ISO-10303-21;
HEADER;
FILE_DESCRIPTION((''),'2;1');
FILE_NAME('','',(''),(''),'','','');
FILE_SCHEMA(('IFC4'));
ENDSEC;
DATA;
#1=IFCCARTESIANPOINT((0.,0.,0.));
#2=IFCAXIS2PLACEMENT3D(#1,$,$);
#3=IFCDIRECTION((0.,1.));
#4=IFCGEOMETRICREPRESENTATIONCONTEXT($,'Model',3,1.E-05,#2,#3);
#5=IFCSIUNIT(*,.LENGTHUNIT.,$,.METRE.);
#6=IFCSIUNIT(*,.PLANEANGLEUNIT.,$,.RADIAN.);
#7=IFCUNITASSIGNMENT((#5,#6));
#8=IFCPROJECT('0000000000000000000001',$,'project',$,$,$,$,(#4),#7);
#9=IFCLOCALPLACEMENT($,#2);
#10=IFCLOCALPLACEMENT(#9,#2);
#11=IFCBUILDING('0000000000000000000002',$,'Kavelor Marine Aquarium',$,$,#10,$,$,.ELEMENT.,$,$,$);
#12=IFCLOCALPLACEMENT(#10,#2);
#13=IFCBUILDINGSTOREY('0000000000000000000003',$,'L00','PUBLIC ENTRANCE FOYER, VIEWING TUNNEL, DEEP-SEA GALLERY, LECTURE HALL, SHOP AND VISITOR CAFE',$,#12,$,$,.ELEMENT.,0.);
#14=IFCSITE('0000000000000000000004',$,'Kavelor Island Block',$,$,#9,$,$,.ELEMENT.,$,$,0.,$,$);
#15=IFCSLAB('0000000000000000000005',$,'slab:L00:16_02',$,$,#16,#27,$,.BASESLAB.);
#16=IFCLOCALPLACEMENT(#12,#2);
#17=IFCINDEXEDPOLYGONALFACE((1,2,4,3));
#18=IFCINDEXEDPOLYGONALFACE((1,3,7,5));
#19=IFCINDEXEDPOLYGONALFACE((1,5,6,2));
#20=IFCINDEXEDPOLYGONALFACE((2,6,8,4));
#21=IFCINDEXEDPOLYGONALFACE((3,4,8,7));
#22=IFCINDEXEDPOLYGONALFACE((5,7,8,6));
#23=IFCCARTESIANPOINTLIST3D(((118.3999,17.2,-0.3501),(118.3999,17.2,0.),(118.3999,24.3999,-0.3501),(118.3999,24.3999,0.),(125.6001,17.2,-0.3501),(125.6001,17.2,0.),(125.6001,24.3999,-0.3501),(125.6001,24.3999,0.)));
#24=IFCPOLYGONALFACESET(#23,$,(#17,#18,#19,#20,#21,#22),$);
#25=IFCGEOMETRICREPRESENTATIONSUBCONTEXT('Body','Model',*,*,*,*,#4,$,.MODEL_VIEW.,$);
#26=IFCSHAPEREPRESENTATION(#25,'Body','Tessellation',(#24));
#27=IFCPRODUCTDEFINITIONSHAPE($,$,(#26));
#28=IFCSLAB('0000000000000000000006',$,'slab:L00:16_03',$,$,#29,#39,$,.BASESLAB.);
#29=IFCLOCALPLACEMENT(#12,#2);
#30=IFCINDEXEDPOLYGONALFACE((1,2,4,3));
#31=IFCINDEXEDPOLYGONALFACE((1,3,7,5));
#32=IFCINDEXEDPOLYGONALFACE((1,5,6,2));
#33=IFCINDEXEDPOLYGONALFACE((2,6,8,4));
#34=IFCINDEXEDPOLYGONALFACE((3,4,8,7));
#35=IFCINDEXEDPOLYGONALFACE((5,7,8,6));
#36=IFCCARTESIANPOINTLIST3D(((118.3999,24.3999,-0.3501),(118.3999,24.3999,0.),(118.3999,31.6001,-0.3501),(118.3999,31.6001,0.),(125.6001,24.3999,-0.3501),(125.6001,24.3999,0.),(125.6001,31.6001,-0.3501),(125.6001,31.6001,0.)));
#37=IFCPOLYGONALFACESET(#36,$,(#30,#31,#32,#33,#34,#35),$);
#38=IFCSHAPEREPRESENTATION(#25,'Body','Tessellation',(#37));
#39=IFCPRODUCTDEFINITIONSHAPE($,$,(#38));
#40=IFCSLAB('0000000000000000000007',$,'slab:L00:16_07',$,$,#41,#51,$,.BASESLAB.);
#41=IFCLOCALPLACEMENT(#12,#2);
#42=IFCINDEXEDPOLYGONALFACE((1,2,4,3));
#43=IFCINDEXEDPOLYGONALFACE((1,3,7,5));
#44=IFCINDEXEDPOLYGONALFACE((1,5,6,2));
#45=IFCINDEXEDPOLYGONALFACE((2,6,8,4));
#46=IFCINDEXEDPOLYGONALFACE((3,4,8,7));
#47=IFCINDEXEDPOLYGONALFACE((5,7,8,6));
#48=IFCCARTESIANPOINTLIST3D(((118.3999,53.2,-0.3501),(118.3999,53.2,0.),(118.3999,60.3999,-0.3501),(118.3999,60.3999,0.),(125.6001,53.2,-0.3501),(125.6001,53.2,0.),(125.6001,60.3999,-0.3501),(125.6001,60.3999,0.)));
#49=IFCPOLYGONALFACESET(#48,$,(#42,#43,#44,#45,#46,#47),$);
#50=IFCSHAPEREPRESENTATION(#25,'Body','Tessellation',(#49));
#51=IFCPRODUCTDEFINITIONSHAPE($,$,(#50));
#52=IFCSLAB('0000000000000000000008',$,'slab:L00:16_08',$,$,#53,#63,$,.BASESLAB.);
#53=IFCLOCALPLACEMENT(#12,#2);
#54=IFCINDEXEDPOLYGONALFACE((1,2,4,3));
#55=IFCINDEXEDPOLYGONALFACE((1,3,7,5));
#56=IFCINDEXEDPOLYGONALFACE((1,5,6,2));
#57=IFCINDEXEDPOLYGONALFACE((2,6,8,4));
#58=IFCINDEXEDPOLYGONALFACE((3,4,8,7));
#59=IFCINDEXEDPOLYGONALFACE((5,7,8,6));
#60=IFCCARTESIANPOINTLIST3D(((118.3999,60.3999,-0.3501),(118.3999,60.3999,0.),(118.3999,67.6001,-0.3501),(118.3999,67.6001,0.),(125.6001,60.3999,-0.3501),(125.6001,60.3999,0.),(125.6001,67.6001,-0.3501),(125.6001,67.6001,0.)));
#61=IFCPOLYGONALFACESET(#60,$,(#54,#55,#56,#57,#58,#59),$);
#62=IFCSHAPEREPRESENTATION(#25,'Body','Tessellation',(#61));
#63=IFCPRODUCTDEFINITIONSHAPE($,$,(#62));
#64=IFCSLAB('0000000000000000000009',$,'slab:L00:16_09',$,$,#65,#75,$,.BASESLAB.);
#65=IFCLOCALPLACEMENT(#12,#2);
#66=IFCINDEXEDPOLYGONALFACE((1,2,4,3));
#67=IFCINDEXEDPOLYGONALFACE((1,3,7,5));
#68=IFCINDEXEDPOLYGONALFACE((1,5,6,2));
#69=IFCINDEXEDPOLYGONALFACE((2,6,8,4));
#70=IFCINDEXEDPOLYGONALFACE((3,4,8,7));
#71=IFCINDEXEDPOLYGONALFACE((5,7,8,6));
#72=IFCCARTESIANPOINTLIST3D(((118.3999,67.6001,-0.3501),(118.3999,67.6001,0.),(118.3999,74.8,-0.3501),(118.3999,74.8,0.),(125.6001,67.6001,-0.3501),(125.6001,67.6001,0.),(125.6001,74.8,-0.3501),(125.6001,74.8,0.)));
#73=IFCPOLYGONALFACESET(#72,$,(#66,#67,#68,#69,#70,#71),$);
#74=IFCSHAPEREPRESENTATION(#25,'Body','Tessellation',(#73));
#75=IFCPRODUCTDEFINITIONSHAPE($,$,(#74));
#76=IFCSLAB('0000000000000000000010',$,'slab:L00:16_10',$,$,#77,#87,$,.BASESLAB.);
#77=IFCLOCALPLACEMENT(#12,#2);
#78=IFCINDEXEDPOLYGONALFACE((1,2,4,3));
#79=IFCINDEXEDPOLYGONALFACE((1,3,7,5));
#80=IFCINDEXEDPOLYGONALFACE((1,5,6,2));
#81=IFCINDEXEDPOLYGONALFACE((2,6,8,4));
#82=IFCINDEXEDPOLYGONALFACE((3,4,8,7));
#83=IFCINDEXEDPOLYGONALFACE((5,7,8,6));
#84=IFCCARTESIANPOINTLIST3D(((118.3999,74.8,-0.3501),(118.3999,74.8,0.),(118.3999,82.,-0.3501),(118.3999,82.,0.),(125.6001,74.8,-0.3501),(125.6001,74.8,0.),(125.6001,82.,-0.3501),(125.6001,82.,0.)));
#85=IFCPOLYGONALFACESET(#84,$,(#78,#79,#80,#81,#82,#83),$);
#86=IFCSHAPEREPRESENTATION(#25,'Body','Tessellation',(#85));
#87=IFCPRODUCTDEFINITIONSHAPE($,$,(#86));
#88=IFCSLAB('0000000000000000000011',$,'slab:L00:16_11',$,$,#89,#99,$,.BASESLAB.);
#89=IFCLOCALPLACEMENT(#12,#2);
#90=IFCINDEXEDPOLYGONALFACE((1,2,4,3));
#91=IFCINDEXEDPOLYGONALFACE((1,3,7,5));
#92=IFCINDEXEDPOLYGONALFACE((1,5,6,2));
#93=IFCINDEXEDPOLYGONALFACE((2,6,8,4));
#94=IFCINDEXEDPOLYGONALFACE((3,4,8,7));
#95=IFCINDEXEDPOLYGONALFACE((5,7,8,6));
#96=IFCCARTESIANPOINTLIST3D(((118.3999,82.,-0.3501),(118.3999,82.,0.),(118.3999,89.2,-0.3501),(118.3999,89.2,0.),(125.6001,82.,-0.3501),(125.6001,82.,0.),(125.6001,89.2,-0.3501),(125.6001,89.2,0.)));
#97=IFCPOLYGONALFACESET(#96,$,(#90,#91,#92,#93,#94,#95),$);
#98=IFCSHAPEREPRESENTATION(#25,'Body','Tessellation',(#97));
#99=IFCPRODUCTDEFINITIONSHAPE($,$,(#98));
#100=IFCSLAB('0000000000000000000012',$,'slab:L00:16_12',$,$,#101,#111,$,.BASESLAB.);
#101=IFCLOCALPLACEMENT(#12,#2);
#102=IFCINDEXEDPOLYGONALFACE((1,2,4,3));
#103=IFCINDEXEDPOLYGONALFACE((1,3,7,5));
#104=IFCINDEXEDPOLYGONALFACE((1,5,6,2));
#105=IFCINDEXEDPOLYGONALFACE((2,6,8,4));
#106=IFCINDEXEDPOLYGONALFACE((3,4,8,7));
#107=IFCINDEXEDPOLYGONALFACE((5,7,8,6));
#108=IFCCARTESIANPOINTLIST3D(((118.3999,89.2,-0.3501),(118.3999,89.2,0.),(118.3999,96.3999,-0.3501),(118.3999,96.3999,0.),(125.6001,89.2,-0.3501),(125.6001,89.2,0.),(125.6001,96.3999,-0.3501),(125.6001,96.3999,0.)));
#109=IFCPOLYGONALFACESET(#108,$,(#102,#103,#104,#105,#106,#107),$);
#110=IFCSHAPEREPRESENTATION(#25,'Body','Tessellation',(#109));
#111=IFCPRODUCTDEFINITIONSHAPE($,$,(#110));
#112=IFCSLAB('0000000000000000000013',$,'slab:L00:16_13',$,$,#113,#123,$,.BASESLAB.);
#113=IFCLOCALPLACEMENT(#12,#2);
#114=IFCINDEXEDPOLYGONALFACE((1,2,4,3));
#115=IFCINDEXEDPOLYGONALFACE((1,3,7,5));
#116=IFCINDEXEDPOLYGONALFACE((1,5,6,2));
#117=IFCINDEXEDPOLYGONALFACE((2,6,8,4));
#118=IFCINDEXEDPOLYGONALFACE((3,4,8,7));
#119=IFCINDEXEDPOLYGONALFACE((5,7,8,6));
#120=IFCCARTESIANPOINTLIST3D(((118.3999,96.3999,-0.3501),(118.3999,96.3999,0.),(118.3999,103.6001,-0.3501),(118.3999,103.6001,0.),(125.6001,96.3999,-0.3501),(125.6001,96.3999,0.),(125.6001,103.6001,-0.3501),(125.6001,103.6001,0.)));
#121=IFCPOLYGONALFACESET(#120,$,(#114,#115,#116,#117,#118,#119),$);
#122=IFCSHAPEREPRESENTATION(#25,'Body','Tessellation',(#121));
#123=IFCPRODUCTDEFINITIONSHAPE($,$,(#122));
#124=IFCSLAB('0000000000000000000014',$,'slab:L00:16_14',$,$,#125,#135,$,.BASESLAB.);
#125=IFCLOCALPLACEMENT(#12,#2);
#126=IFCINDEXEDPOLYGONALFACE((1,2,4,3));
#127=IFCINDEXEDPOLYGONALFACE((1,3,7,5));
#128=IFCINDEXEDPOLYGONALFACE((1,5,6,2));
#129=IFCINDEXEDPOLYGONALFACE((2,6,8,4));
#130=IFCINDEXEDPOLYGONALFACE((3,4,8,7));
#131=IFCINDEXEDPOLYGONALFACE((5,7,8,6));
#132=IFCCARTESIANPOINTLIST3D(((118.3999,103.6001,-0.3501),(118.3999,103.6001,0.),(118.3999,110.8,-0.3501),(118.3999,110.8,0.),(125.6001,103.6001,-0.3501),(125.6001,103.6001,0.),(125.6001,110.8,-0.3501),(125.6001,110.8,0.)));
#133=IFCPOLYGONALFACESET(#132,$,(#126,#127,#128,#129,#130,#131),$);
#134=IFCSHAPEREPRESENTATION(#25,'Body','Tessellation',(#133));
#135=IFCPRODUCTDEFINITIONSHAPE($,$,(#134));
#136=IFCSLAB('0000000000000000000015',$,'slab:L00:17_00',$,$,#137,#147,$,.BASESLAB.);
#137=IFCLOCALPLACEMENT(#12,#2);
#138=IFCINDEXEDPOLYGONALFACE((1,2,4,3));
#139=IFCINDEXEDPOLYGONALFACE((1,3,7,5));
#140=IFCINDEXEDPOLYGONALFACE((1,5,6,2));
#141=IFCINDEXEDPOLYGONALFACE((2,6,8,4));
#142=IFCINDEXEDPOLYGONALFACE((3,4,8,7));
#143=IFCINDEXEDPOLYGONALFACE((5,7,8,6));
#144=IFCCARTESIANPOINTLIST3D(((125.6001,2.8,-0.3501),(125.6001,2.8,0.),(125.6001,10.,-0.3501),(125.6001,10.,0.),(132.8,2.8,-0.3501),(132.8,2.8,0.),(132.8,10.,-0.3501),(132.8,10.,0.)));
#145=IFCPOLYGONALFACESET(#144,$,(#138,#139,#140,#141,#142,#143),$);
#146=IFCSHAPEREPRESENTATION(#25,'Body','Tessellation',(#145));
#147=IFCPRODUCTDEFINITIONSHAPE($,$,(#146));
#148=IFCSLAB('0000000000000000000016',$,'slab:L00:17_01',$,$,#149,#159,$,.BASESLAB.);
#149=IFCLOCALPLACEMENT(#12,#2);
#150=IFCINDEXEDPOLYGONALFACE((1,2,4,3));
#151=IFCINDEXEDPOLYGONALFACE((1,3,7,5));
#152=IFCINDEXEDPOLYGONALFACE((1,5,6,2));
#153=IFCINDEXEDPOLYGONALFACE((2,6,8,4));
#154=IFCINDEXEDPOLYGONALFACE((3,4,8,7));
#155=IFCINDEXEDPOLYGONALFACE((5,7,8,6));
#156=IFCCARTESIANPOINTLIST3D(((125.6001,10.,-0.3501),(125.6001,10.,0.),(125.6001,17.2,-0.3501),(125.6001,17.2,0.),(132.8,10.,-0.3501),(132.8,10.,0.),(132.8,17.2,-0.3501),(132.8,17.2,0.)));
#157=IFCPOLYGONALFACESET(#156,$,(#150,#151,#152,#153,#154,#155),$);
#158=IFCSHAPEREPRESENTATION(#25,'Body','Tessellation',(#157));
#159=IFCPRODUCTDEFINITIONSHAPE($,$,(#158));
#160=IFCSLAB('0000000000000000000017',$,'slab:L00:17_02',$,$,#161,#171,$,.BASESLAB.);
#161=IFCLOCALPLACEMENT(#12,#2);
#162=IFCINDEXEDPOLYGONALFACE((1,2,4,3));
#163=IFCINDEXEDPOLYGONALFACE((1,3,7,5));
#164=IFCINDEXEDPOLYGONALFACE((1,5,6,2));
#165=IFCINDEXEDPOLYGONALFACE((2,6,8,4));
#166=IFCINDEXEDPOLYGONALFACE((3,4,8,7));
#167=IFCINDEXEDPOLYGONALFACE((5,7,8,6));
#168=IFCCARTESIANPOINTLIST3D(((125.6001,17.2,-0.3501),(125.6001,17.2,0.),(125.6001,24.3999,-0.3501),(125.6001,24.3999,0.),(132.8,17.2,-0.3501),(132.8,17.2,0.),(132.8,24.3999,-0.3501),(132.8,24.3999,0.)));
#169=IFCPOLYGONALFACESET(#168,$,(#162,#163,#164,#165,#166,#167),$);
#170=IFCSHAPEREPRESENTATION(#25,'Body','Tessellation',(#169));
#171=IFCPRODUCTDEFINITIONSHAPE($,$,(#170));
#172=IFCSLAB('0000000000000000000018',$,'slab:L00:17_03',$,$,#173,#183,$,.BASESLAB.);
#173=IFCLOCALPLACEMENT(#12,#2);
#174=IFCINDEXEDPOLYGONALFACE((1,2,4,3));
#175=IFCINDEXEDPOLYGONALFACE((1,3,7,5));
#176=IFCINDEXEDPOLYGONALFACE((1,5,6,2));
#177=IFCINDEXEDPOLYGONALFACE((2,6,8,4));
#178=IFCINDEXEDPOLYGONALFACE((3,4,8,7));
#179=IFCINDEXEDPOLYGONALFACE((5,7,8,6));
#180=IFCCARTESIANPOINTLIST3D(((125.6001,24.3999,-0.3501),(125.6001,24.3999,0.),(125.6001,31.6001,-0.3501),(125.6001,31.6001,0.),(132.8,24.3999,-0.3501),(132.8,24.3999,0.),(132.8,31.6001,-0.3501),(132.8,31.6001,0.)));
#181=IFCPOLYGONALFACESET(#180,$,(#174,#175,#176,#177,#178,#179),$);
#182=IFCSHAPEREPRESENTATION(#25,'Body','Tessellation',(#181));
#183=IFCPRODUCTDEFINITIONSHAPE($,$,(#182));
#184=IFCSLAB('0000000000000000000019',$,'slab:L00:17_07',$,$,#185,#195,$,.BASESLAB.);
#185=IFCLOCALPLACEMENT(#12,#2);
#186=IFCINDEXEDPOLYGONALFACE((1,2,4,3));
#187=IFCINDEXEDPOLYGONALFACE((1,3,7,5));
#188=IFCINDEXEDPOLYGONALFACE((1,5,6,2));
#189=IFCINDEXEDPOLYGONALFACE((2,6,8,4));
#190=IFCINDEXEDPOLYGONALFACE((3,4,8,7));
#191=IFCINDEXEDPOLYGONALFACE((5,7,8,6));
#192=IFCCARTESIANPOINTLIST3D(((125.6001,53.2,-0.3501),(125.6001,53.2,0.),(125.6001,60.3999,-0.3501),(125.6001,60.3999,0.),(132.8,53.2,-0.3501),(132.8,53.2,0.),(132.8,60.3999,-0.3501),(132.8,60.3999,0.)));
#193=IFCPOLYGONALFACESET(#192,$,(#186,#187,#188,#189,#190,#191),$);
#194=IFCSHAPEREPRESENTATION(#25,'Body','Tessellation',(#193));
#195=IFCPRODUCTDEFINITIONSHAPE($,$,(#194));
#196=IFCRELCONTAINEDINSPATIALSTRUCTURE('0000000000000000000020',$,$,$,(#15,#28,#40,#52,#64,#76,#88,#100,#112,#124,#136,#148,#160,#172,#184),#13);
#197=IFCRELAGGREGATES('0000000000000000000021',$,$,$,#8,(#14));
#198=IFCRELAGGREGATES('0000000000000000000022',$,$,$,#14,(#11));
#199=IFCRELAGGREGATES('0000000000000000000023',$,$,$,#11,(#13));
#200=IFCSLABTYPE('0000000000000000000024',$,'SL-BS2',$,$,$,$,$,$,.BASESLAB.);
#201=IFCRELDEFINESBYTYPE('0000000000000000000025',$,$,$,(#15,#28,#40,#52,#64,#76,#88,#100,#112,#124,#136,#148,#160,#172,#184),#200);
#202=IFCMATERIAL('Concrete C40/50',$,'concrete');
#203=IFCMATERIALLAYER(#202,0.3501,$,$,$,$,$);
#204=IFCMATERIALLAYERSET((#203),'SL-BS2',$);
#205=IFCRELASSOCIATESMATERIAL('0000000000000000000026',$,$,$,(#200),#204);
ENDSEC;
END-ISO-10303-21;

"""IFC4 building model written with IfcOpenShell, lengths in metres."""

from ifc_helpers import new_model, si_unit, direction, frame, origin, place, context, subcontext, project, spatial, polyline, outline, extrude, material, layer, layer_set, type_object, element, save


model = new_model("IFC4")

# Units and contexts
model_context = context("Model", 3, precision=1e-05, world=origin(), true_north=direction((0.0, 1.0)))
body_context = subcontext(model_context, "Body", "Model", "MODEL_VIEW")
ifc_project = project(units=[si_unit("LENGTHUNIT", "METRE"), si_unit("PLANEANGLEUNIT", "RADIAN")], contexts=[model_context])

# Site, building, storey
site_placement = place(None, origin())
site = spatial("IfcSite", under=ifc_project, at=site_placement, Name="Kavelor Island Block", CompositionType="ELEMENT", RefElevation=0.0)
building_placement = place(site_placement, origin())
building = spatial("IfcBuilding", under=site, at=building_placement, Name="Kavelor Marine Aquarium", CompositionType="ELEMENT")
storey_placement = place(building_placement, origin())
storey = spatial("IfcBuildingStorey", under=building, at=storey_placement, Name="L00", Description="PUBLIC ENTRANCE FOYER, VIEWING TUNNEL, DEEP-SEA GALLERY, LECTURE HALL, SHOP AND VISITOR CAFE", CompositionType="ELEMENT", Elevation=0.0)

# Slabs
ifc_material = material(Name="Concrete C40/50", Category="concrete")
ifc_layer = layer(ifc_material, 0.3501)
ifc_layer_set = layer_set([ifc_layer], Name="SL-BS2")
slab_type = type_object("IfcSlabType", Name="SL-BS2", PredefinedType="BASESLAB", material=ifc_layer_set)
slab_1_placement = place(storey_placement, frame((0.0, 0.0, -0.3501)))
element("IfcSlab", 1, at=slab_1_placement, inside=storey, type_object=slab_type, Name="slab:L00:16_02", PredefinedType="BASESLAB", context=body_context, shape_type="SweptSolid", body=[
    extrude(outline(polyline([(118.3999, 17.2), (125.6001, 17.2), (125.6001, 24.3999), (118.3999, 24.3999), (118.3999, 17.2)])), origin(), (0.0, 0.0, 1.0), 0.3501),
])
slab_2_placement = place(storey_placement, frame((0.0, 0.0, -0.3501)))
element("IfcSlab", 2, at=slab_2_placement, inside=storey, type_object=slab_type, Name="slab:L00:16_03", PredefinedType="BASESLAB", context=body_context, shape_type="SweptSolid", body=[
    extrude(outline(polyline([(118.3999, 24.3999), (125.6001, 24.3999), (125.6001, 31.6001), (118.3999, 31.6001), (118.3999, 24.3999)])), origin(), (0.0, 0.0, 1.0), 0.3501),
])
slab_3_placement = place(storey_placement, frame((0.0, 0.0, -0.3501)))
element("IfcSlab", 3, at=slab_3_placement, inside=storey, type_object=slab_type, Name="slab:L00:16_07", PredefinedType="BASESLAB", context=body_context, shape_type="SweptSolid", body=[
    extrude(outline(polyline([(118.3999, 53.2), (125.6001, 53.2), (125.6001, 60.3999), (118.3999, 60.3999), (118.3999, 53.2)])), origin(), (0.0, 0.0, 1.0), 0.3501),
])
slab_4_placement = place(storey_placement, frame((0.0, 0.0, -0.3501)))
element("IfcSlab", 4, at=slab_4_placement, inside=storey, type_object=slab_type, Name="slab:L00:16_08", PredefinedType="BASESLAB", context=body_context, shape_type="SweptSolid", body=[
    extrude(outline(polyline([(118.3999, 60.3999), (125.6001, 60.3999), (125.6001, 67.6001), (118.3999, 67.6001), (118.3999, 60.3999)])), origin(), (0.0, 0.0, 1.0), 0.3501),
])
slab_5_placement = place(storey_placement, frame((0.0, 0.0, -0.3501)))
element("IfcSlab", 5, at=slab_5_placement, inside=storey, type_object=slab_type, Name="slab:L00:16_09", PredefinedType="BASESLAB", context=body_context, shape_type="SweptSolid", body=[
    extrude(outline(polyline([(118.3999, 67.6001), (125.6001, 67.6001), (125.6001, 74.8), (118.3999, 74.8), (118.3999, 67.6001)])), origin(), (0.0, 0.0, 1.0), 0.3501),
])
slab_6_placement = place(storey_placement, frame((0.0, 0.0, -0.3501)))
element("IfcSlab", 6, at=slab_6_placement, inside=storey, type_object=slab_type, Name="slab:L00:16_10", PredefinedType="BASESLAB", context=body_context, shape_type="SweptSolid", body=[
    extrude(outline(polyline([(118.3999, 74.8), (125.6001, 74.8), (125.6001, 82.0), (118.3999, 82.0), (118.3999, 74.8)])), origin(), (0.0, 0.0, 1.0), 0.3501),
])
slab_7_placement = place(storey_placement, frame((0.0, 0.0, -0.3501)))
element("IfcSlab", 7, at=slab_7_placement, inside=storey, type_object=slab_type, Name="slab:L00:16_11", PredefinedType="BASESLAB", context=body_context, shape_type="SweptSolid", body=[
    extrude(outline(polyline([(118.3999, 82.0), (125.6001, 82.0), (125.6001, 89.2), (118.3999, 89.2), (118.3999, 82.0)])), origin(), (0.0, 0.0, 1.0), 0.3501),
])
slab_8_placement = place(storey_placement, frame((0.0, 0.0, -0.3501)))
element("IfcSlab", 8, at=slab_8_placement, inside=storey, type_object=slab_type, Name="slab:L00:16_12", PredefinedType="BASESLAB", context=body_context, shape_type="SweptSolid", body=[
    extrude(outline(polyline([(118.3999, 89.2), (125.6001, 89.2), (125.6001, 96.3999), (118.3999, 96.3999), (118.3999, 89.2)])), origin(), (0.0, 0.0, 1.0), 0.3501),
])
slab_9_placement = place(storey_placement, frame((0.0, 0.0, -0.3501)))
element("IfcSlab", 9, at=slab_9_placement, inside=storey, type_object=slab_type, Name="slab:L00:16_13", PredefinedType="BASESLAB", context=body_context, shape_type="SweptSolid", body=[
    extrude(outline(polyline([(118.3999, 96.3999), (125.6001, 96.3999), (125.6001, 103.6001), (118.3999, 103.6001), (118.3999, 96.3999)])), origin(), (0.0, 0.0, 1.0), 0.3501),
])
slab_10_placement = place(storey_placement, frame((0.0, 0.0, -0.3501)))
element("IfcSlab", 10, at=slab_10_placement, inside=storey, type_object=slab_type, Name="slab:L00:16_14", PredefinedType="BASESLAB", context=body_context, shape_type="SweptSolid", body=[
    extrude(outline(polyline([(118.3999, 103.6001), (125.6001, 103.6001), (125.6001, 110.8), (118.3999, 110.8), (118.3999, 103.6001)])), origin(), (0.0, 0.0, 1.0), 0.3501),
])
slab_11_placement = place(storey_placement, frame((0.0, 0.0, -0.3501)))
element("IfcSlab", 11, at=slab_11_placement, inside=storey, type_object=slab_type, Name="slab:L00:17_00", PredefinedType="BASESLAB", context=body_context, shape_type="SweptSolid", body=[
    extrude(outline(polyline([(125.6001, 2.8), (132.8, 2.8), (132.8, 10.0), (125.6001, 10.0), (125.6001, 2.8)])), origin(), (0.0, 0.0, 1.0), 0.3501),
])
slab_12_placement = place(storey_placement, frame((0.0, 0.0, -0.3501)))
element("IfcSlab", 12, at=slab_12_placement, inside=storey, type_object=slab_type, Name="slab:L00:17_01", PredefinedType="BASESLAB", context=body_context, shape_type="SweptSolid", body=[
    extrude(outline(polyline([(125.6001, 10.0), (132.8, 10.0), (132.8, 17.2), (125.6001, 17.2), (125.6001, 10.0)])), origin(), (0.0, 0.0, 1.0), 0.3501),
])
slab_13_placement = place(storey_placement, frame((0.0, 0.0, -0.3501)))
element("IfcSlab", 13, at=slab_13_placement, inside=storey, type_object=slab_type, Name="slab:L00:17_02", PredefinedType="BASESLAB", context=body_context, shape_type="SweptSolid", body=[
    extrude(outline(polyline([(125.6001, 17.2), (132.8, 17.2), (132.8, 24.3999), (125.6001, 24.3999), (125.6001, 17.2)])), origin(), (0.0, 0.0, 1.0), 0.3501),
])
slab_14_placement = place(storey_placement, frame((0.0, 0.0, -0.3501)))
element("IfcSlab", 14, at=slab_14_placement, inside=storey, type_object=slab_type, Name="slab:L00:17_03", PredefinedType="BASESLAB", context=body_context, shape_type="SweptSolid", body=[
    extrude(outline(polyline([(125.6001, 24.3999), (132.8, 24.3999), (132.8, 31.6001), (125.6001, 31.6001), (125.6001, 24.3999)])), origin(), (0.0, 0.0, 1.0), 0.3501),
])
slab_15_placement = place(storey_placement, frame((0.0, 0.0, -0.3501)))
element("IfcSlab", 15, at=slab_15_placement, inside=storey, type_object=slab_type, Name="slab:L00:17_07", PredefinedType="BASESLAB", context=body_context, shape_type="SweptSolid", body=[
    extrude(outline(polyline([(125.6001, 53.2), (132.8, 53.2), (132.8, 60.3999), (125.6001, 60.3999), (125.6001, 53.2)])), origin(), (0.0, 0.0, 1.0), 0.3501),
])

save(model, "model.ifc")
